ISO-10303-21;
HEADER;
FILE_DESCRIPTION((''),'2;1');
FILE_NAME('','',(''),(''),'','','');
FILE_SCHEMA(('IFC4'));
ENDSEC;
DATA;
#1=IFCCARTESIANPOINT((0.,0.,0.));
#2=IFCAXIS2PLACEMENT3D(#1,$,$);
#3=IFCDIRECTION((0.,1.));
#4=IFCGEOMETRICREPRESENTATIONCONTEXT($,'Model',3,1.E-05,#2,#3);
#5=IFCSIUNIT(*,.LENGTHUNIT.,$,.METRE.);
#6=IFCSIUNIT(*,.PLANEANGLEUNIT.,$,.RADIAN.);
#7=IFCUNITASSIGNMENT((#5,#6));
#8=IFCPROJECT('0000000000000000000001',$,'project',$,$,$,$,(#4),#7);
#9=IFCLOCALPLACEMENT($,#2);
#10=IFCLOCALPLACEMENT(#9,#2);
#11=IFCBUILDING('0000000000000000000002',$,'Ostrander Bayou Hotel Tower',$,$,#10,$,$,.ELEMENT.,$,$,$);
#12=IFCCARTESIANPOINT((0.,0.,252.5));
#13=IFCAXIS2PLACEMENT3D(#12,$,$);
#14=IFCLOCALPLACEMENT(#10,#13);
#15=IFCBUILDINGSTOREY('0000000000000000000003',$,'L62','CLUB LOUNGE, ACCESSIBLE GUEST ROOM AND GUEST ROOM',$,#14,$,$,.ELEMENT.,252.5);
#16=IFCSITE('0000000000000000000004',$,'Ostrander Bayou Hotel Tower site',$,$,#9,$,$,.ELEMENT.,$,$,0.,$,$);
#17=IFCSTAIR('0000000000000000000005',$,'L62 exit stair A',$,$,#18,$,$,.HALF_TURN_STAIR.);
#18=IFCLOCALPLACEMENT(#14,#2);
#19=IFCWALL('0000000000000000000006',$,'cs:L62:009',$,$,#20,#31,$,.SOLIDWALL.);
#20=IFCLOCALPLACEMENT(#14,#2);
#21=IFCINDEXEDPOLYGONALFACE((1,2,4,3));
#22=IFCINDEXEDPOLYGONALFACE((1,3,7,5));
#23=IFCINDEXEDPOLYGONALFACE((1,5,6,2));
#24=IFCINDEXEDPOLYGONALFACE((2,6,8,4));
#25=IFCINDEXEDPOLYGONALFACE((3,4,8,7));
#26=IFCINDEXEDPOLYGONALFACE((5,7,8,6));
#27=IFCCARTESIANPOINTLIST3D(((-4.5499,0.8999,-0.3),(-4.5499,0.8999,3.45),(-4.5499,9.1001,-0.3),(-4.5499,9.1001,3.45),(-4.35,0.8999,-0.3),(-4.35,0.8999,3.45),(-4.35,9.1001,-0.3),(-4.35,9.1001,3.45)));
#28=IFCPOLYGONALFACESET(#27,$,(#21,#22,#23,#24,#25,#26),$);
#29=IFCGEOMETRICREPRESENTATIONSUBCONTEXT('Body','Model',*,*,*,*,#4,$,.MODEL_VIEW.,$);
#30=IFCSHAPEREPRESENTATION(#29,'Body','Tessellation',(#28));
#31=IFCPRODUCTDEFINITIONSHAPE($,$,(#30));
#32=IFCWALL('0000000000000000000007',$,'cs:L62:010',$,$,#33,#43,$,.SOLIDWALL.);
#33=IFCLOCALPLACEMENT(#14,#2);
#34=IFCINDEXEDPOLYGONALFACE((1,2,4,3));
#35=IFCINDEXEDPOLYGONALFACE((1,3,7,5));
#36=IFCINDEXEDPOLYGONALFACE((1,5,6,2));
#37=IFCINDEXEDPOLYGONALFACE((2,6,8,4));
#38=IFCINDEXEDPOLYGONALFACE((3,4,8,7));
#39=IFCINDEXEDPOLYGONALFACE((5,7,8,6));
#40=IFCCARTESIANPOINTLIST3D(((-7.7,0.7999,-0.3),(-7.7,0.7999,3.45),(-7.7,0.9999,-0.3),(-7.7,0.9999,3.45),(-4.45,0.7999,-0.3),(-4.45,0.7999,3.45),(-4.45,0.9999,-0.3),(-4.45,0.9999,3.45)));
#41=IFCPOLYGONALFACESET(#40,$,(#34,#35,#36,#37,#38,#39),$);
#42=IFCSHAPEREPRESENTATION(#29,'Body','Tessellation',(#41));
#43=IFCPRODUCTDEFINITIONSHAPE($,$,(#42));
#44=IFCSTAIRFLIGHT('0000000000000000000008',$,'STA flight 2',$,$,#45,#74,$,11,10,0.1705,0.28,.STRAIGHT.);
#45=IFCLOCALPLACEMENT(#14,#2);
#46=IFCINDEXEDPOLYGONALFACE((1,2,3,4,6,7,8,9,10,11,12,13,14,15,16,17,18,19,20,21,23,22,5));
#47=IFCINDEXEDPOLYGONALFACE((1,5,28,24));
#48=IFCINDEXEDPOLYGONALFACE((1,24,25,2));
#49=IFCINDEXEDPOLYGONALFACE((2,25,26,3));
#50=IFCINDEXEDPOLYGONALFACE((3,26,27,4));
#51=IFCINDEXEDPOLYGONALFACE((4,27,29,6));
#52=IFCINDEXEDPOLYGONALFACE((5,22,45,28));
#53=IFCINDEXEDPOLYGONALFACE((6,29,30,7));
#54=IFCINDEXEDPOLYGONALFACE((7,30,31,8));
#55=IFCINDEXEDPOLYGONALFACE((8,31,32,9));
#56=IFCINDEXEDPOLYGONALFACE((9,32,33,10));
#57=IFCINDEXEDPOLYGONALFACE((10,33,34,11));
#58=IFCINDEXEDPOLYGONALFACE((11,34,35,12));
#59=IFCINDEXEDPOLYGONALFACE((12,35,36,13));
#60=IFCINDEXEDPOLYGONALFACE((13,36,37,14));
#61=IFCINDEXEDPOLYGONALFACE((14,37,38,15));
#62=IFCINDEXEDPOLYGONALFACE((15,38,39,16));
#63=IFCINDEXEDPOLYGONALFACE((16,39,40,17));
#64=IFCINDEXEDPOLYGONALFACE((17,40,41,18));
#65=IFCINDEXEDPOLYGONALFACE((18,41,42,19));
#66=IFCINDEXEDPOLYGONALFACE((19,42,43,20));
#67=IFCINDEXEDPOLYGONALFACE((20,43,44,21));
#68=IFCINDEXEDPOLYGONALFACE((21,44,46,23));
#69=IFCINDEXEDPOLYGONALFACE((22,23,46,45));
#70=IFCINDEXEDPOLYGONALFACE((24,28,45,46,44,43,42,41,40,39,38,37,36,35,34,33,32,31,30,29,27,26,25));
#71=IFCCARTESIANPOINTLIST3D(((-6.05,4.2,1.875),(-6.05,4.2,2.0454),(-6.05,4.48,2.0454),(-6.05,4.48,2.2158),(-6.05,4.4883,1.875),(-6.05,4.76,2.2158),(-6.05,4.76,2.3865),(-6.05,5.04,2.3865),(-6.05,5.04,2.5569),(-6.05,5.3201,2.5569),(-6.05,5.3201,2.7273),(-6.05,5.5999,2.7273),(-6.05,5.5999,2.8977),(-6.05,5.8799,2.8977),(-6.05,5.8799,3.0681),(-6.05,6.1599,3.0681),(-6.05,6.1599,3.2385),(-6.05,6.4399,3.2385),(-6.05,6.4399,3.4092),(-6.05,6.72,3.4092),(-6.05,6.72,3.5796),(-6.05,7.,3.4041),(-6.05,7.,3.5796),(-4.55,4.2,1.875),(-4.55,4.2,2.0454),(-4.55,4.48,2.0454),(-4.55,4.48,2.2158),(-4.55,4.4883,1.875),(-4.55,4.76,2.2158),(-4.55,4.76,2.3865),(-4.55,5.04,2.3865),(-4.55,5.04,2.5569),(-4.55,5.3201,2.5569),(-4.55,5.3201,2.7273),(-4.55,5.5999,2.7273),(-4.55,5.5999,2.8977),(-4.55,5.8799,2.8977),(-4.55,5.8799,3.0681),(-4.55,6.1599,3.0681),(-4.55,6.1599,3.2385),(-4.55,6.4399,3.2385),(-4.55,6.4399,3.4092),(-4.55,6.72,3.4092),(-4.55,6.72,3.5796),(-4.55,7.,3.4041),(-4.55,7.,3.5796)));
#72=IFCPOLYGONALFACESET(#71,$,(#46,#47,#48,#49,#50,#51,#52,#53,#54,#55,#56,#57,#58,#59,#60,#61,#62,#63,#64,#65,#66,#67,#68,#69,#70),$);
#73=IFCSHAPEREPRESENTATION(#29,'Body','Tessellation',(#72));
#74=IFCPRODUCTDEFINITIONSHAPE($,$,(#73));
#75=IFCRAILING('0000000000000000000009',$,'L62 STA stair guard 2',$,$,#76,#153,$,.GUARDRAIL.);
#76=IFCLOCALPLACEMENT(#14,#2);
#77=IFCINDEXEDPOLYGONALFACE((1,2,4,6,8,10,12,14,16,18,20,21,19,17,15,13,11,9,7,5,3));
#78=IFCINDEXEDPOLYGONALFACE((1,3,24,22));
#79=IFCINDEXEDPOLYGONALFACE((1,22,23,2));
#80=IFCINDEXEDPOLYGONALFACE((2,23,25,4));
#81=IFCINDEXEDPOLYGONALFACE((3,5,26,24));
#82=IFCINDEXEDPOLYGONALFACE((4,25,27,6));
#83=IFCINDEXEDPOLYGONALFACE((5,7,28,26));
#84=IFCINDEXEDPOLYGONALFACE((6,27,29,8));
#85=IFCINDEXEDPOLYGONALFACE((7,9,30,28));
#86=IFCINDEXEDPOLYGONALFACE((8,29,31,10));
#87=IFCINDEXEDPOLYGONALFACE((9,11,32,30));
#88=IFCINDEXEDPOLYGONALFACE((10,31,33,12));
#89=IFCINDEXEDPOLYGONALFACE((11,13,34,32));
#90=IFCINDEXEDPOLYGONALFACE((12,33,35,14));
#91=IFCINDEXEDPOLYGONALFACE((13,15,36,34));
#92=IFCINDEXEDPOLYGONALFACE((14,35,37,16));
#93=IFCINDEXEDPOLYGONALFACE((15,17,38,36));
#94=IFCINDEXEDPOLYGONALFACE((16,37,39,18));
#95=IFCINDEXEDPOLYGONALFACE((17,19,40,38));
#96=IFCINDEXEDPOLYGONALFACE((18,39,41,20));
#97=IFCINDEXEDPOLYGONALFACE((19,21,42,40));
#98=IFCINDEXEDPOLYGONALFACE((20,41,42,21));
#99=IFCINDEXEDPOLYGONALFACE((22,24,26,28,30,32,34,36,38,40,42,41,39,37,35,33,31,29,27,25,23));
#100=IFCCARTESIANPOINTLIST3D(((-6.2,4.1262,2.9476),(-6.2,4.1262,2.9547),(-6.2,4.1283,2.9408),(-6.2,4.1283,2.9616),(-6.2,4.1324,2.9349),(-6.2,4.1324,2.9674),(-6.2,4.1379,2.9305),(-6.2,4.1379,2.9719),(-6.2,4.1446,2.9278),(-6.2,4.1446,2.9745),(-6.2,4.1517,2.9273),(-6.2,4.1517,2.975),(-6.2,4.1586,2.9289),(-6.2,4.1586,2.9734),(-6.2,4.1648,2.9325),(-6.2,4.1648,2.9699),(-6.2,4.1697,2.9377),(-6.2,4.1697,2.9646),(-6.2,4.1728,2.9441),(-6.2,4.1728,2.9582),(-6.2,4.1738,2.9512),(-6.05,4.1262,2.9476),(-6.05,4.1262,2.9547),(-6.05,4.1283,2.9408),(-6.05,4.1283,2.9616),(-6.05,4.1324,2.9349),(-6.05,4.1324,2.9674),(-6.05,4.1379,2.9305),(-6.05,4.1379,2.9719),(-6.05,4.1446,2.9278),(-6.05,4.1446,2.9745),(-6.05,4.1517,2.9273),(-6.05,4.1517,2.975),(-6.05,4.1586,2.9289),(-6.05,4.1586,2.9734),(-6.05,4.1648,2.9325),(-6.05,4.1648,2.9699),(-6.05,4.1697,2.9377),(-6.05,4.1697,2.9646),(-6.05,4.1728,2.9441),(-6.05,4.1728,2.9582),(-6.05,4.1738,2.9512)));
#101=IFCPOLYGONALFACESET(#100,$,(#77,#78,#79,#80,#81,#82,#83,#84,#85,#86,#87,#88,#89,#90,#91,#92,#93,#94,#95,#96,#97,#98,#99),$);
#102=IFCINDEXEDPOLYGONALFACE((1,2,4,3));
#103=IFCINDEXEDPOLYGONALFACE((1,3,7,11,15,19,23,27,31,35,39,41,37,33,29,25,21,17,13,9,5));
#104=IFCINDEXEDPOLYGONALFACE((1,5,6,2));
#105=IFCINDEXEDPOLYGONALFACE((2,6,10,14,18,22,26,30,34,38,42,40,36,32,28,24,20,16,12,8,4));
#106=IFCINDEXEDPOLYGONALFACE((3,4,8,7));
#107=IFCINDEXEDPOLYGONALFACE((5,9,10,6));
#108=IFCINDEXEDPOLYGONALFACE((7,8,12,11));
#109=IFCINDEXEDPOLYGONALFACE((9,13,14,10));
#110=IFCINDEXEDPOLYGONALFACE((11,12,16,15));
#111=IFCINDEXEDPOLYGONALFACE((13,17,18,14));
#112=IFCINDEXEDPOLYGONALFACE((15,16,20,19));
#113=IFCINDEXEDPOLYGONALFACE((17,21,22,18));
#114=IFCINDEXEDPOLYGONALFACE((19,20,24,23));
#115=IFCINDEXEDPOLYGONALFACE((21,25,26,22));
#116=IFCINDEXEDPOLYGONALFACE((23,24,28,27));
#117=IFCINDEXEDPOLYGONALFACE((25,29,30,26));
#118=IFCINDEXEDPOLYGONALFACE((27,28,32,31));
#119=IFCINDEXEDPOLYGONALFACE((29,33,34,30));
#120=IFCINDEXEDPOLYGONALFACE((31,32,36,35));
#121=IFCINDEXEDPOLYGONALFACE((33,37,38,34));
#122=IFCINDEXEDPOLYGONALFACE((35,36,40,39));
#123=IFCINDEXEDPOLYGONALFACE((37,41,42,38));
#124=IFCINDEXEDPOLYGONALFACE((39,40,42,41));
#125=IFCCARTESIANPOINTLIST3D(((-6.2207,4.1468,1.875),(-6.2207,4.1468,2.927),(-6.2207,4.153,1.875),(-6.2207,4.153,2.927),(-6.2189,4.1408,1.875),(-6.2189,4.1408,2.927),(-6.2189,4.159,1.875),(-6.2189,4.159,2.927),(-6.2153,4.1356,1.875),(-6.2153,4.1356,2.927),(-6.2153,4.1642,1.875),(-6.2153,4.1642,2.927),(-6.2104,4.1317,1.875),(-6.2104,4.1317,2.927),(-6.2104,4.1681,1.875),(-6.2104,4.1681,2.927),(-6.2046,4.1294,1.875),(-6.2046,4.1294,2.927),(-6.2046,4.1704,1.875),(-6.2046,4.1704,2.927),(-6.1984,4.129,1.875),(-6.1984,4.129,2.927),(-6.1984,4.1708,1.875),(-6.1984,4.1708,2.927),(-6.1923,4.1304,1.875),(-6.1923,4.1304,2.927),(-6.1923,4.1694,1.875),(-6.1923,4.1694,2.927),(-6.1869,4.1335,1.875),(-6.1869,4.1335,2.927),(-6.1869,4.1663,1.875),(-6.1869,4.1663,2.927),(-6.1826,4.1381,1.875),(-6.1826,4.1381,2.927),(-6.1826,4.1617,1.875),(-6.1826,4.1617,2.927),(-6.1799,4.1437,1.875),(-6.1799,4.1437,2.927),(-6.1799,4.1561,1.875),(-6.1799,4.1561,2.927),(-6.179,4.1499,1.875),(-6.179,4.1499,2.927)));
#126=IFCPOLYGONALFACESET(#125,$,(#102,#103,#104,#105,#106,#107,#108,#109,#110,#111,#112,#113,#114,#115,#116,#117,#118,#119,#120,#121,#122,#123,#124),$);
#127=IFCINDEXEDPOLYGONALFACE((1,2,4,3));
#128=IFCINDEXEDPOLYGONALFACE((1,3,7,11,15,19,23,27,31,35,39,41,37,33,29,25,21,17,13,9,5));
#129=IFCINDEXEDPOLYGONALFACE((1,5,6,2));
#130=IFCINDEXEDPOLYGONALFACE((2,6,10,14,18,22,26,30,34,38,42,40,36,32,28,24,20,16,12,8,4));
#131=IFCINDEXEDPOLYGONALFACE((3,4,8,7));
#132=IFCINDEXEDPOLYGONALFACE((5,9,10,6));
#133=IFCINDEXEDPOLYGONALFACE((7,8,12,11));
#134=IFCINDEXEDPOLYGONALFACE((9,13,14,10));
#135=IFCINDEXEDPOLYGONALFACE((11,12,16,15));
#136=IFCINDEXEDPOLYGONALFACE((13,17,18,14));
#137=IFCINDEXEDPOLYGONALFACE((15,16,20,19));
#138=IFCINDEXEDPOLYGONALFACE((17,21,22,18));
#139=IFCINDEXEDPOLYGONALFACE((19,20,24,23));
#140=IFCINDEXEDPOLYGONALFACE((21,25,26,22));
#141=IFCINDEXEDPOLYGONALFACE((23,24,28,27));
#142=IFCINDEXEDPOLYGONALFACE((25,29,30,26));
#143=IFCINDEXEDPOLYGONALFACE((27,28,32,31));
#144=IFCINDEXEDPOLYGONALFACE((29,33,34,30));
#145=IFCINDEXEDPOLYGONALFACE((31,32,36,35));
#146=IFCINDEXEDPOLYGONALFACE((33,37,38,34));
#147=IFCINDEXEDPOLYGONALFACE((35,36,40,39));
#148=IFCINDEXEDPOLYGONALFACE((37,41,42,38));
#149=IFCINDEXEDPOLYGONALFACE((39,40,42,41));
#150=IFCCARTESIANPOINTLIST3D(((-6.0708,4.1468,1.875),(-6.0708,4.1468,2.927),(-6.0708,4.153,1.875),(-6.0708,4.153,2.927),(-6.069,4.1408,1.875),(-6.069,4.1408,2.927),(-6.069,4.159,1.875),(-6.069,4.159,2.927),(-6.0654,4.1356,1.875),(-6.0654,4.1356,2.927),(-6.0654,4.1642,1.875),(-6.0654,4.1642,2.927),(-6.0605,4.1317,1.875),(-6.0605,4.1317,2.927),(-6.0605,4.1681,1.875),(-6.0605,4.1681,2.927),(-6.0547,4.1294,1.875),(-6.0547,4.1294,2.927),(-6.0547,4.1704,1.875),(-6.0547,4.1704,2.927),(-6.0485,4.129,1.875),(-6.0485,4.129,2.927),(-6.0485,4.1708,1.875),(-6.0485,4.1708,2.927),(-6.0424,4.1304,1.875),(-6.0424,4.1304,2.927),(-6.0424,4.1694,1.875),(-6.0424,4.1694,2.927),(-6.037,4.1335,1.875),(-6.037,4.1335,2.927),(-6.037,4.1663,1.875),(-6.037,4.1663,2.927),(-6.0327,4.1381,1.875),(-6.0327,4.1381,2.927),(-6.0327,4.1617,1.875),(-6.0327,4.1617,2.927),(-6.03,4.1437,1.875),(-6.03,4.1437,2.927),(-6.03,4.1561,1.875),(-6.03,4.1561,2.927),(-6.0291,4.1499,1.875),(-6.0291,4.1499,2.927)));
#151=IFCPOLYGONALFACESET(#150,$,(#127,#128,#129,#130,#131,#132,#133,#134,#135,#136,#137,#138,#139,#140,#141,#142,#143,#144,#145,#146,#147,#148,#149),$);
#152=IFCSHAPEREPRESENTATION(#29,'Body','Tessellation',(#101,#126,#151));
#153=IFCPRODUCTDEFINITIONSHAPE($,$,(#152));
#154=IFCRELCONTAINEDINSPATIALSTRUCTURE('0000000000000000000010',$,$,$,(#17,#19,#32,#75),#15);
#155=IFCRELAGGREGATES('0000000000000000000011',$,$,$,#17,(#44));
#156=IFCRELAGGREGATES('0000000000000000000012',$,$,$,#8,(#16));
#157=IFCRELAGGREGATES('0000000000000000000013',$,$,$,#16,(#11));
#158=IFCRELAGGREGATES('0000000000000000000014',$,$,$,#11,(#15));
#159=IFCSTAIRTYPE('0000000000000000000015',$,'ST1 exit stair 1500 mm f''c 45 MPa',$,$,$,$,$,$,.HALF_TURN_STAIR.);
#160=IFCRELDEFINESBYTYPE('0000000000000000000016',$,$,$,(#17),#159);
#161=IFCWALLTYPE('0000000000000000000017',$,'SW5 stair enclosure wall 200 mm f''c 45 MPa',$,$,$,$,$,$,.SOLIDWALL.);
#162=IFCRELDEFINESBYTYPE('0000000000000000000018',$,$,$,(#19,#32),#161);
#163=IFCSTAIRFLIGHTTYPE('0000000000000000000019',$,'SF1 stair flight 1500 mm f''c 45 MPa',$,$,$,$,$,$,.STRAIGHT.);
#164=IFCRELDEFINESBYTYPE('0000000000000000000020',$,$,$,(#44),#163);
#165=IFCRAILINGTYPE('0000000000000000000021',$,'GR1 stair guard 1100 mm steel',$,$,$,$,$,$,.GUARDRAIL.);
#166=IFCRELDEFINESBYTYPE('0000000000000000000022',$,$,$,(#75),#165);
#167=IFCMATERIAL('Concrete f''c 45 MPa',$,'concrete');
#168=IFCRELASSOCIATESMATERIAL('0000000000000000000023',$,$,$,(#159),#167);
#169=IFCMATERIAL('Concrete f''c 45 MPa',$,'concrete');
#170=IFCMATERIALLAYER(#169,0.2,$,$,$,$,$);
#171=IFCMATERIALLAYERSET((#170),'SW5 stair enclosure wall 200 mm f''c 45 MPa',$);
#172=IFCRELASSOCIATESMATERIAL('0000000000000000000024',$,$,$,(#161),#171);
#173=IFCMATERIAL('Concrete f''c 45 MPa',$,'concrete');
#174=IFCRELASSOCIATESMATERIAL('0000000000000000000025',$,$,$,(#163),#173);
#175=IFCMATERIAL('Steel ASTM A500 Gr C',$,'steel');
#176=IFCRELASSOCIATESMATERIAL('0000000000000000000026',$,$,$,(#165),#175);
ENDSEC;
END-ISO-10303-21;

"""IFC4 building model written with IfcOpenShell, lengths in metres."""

from ifc_helpers import new_model, si_unit, direction, frame, frame_2d, origin, origin_2d, place, context, subcontext, project, spatial, polyline, rectangle, circle, outline, extrude, material, layer, layer_set, type_object, element, aggregate, save


model = new_model("IFC4")

# Units and contexts
model_context = context("Model", 3, precision=1e-05, world=origin(), true_north=direction((0.0, 1.0)))
body_context = subcontext(model_context, "Body", "Model", "MODEL_VIEW")
ifc_project = project(units=[si_unit("LENGTHUNIT", "METRE"), si_unit("PLANEANGLEUNIT", "RADIAN")], contexts=[model_context])

# Site, building, storey
site_placement = place(None, origin())
site = spatial("IfcSite", under=ifc_project, at=site_placement, Name="Ostrander Bayou Hotel Tower site", CompositionType="ELEMENT", RefElevation=0.0)
building_placement = place(site_placement, origin())
building = spatial("IfcBuilding", under=site, at=building_placement, Name="Ostrander Bayou Hotel Tower", CompositionType="ELEMENT")
storey_placement = place(building_placement, frame((0.0, 0.0, 252.5)))
storey = spatial("IfcBuildingStorey", under=building, at=storey_placement, Name="L62", Description="CLUB LOUNGE, ACCESSIBLE GUEST ROOM AND GUEST ROOM", CompositionType="ELEMENT", Elevation=252.5)

# Stair
ifc_material_1 = material(Name="Concrete f'c 45 MPa", Category="concrete")
stair_type = type_object("IfcStairType", Name="ST1 exit stair 1500 mm f'c 45 MPa", PredefinedType="HALF_TURN_STAIR", material=ifc_material_1)
stair_1_placement = place(storey_placement, origin())
stair_1 = element("IfcStair", 1, at=stair_1_placement, inside=storey, type_object=stair_type, Name="L62 exit stair A", PredefinedType="HALF_TURN_STAIR")

# Walls
ifc_material_2 = material(Name="Concrete f'c 45 MPa", Category="concrete")
ifc_layer_1 = layer(ifc_material_2, 0.2)
ifc_layer_set_1 = layer_set([ifc_layer_1], Name="SW5 stair enclosure wall 200 mm f'c 45 MPa")
wall_type_1 = type_object("IfcWallType", Name="SW5 stair enclosure wall 200 mm f'c 45 MPa", PredefinedType="SOLIDWALL", material=ifc_layer_set_1)
wall_1_placement = place(storey_placement, frame((-4.45, 0.8999, -0.3), z_axis=(0.0, 0.0, 1.0), x_axis=(0.0, 1.0, 0.0)))
element("IfcWall", 2, at=wall_1_placement, inside=storey, type_object=wall_type_1, Name="cs:L62:009", PredefinedType="SOLIDWALL", context=body_context, shape_type="SweptSolid", body=[
    extrude(rectangle(XDim=8.2002, YDim=0.2, at=frame_2d((4.1001, 0.0))), origin(), (0.0, 0.0, 1.0), 3.75),
])
wall_2_placement = place(storey_placement, frame((-7.7, 0.8999, -0.3), z_axis=(0.0, 0.0, 1.0), x_axis=(1.0, 0.0, 0.0)))
element("IfcWall", 3, at=wall_2_placement, inside=storey, type_object=wall_type_1, Name="cs:L62:010", PredefinedType="SOLIDWALL", context=body_context, shape_type="SweptSolid", body=[
    extrude(rectangle(XDim=3.25, YDim=0.2, at=frame_2d((1.625, 0.0))), origin(), (0.0, 0.0, 1.0), 3.75),
])

# Stair flight
ifc_material_3 = material(Name="Concrete f'c 45 MPa", Category="concrete")
stair_flight_type = type_object("IfcStairFlightType", Name="SF1 stair flight 1500 mm f'c 45 MPa", PredefinedType="STRAIGHT", material=ifc_material_3)
stair_flight_placement = place(storey_placement, frame((-5.3, 4.2, 1.875), z_axis=(0.0, 0.0, 1.0), x_axis=(0.0, 1.0, 0.0)))
stair_flight = element("IfcStairFlight", 4, at=stair_flight_placement, type_object=stair_flight_type, Name="STA flight 2", NumberOfRisers=11, NumberOfTreads=10, PredefinedType="STRAIGHT", RiserHeight=0.1705, TreadLength=0.28, context=body_context, shape_type="SweptSolid", body=[
    extrude(outline(polyline([(0.0, 0.0), (0.0, 0.1704), (0.28, 0.1704), (0.28, 0.3408), (0.5601, 0.3408), (0.5601, 0.5115), (0.8401, 0.5115), (0.8401, 0.6819), (1.1201, 0.6819), (1.1201, 0.8523), (1.3999, 0.8523), (1.3999, 1.0227), (1.6799, 1.0227), (1.6799, 1.1931), (1.96, 1.1931), (1.96, 1.3635), (2.24, 1.3635), (2.24, 1.5342), (2.52, 1.5342), (2.52, 1.7046), (2.8, 1.7046), (2.8, 1.875), (2.8, 1.5291), (0.2883, 0.0), (0.0, 0.0)])), frame((0.0, 0.75, 0.0), z_axis=(0.0, -1.0, 0.0), x_axis=(1.0, 0.0, 0.0)), (0.0, 0.0, 1.0), 1.5),
])
aggregate(stair_1, [stair_flight])

# Railing
ifc_material_4 = material(Name="Steel ASTM A500 Gr C", Category="steel")
railing_type_1 = type_object("IfcRailingType", Name="GR1 stair guard 1100 mm steel", PredefinedType="GUARDRAIL", material=ifc_material_4)
railing_1_placement = place(storey_placement, frame((-6.2, 4.1499, 1.875)))
element("IfcRailing", 5, at=railing_1_placement, inside=storey, type_object=railing_type_1, Name="L62 STA stair guard 2", PredefinedType="GUARDRAIL", context=body_context, shape_type="SweptSolid", body=[
    extrude(circle(Radius=0.0239, at=origin_2d()), frame((0.0, 0.0, 1.0762), z_axis=(1.0, 0.0, 0.0), x_axis=(0.0, 1.0, 0.0)), (0.0, 0.0, 1.0), 0.1499),
    extrude(circle(Radius=0.021, at=origin_2d()), origin(), (0.0, 0.0, 1.0), 1.052),
    extrude(circle(Radius=0.021, at=origin_2d()), frame((0.1499, 0.0, 0.0)), (0.0, 0.0, 1.0), 1.052),
])

save(model, "model.ifc")
